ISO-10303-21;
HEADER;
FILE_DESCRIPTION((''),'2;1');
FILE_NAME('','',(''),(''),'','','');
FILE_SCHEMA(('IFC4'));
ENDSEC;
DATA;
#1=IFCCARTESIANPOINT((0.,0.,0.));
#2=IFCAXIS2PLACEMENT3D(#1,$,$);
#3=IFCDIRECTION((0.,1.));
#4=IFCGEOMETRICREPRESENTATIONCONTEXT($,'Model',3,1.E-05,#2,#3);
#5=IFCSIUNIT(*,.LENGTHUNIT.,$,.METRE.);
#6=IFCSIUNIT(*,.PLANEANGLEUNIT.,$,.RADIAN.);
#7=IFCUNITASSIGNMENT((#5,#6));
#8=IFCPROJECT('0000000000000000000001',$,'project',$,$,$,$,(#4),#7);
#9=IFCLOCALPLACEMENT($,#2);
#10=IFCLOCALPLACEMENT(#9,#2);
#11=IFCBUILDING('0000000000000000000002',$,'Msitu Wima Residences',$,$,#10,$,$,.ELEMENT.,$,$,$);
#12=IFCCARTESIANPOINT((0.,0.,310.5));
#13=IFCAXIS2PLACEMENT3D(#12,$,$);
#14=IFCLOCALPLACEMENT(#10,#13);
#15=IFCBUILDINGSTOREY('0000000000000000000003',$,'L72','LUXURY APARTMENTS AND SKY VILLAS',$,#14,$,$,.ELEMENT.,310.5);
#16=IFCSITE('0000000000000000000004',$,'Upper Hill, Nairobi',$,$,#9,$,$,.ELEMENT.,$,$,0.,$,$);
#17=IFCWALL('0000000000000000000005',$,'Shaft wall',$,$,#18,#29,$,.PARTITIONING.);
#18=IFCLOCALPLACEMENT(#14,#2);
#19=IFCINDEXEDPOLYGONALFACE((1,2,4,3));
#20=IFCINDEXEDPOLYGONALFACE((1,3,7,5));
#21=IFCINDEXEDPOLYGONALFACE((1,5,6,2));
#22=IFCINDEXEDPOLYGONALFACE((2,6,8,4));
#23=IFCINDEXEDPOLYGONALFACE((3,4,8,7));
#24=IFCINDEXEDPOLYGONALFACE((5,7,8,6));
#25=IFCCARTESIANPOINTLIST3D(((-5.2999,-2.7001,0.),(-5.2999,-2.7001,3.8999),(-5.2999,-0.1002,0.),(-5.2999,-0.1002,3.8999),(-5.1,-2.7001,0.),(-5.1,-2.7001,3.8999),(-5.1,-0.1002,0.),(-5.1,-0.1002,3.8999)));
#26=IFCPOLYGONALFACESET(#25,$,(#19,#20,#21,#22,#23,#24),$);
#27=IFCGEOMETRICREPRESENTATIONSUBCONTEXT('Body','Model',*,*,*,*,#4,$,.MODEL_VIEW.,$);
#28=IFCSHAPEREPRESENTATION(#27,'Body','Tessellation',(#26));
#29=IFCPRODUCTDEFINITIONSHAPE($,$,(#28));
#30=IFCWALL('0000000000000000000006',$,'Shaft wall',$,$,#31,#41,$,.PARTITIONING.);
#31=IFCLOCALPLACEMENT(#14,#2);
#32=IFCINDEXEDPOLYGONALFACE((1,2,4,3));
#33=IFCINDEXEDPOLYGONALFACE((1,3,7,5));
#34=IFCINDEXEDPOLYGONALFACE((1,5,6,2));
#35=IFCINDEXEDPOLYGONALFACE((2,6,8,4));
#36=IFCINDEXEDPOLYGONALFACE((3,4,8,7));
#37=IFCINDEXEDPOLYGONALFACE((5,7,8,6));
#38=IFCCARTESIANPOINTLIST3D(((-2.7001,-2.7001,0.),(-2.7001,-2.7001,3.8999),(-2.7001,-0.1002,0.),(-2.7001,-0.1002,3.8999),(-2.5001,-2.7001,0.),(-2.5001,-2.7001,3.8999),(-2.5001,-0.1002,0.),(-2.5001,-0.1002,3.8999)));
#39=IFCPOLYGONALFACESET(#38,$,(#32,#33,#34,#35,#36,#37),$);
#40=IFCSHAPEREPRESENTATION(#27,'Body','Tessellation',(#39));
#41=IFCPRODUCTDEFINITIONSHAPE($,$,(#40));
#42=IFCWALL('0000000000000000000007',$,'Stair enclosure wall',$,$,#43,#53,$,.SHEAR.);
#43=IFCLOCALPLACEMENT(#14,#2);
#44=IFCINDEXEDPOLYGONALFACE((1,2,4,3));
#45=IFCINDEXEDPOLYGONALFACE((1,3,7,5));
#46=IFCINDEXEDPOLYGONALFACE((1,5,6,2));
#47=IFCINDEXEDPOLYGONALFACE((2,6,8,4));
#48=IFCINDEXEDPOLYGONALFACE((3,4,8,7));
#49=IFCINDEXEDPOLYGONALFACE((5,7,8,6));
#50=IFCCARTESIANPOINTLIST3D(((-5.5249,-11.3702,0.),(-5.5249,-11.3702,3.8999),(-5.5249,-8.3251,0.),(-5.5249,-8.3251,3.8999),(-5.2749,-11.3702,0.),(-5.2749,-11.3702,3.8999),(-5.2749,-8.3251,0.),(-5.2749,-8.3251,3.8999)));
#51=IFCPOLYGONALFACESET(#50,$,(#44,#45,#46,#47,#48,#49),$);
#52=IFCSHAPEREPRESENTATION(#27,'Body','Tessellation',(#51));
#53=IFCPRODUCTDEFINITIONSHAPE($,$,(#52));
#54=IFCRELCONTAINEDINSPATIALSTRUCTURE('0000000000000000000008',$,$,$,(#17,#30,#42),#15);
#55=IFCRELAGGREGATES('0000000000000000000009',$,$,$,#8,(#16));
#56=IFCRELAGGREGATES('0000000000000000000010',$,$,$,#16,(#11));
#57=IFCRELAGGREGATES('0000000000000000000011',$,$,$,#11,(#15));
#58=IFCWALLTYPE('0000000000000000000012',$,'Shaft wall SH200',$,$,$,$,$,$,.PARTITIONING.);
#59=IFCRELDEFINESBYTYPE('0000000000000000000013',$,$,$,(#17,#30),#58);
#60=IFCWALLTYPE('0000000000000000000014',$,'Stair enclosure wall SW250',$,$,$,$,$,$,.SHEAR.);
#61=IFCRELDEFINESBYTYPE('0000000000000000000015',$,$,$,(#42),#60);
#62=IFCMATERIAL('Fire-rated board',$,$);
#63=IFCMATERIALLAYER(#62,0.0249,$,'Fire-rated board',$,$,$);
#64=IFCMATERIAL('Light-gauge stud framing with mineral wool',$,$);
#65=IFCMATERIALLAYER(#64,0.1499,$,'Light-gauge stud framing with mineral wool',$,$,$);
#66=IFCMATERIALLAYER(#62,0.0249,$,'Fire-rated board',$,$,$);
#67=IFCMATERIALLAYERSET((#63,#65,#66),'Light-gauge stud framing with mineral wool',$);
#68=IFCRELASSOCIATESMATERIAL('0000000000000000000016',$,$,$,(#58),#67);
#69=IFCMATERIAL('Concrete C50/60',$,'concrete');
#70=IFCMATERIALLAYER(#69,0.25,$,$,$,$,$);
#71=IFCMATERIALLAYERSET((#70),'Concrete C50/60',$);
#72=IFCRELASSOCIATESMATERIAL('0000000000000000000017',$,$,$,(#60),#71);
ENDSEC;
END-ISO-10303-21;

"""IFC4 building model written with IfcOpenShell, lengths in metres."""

from ifc_helpers import new_model, si_unit, direction, frame, frame_2d, origin, place, context, subcontext, project, spatial, rectangle, extrude, material, layer, layer_set, type_object, element, save


model = new_model("IFC4")

# Units and contexts
model_context = context("Model", 3, precision=1e-05, world=origin(), true_north=direction((0.0, 1.0)))
body_context = subcontext(model_context, "Body", "Model", "MODEL_VIEW")
ifc_project = project(units=[si_unit("LENGTHUNIT", "METRE"), si_unit("PLANEANGLEUNIT", "RADIAN")], contexts=[model_context])

# Site, building, storey
site_placement = place(None, origin())
site = spatial("IfcSite", under=ifc_project, at=site_placement, Name="Upper Hill, Nairobi", CompositionType="ELEMENT", RefElevation=0.0)
building_placement = place(site_placement, origin())
building = spatial("IfcBuilding", under=site, at=building_placement, Name="Msitu Wima Residences", CompositionType="ELEMENT")
storey_placement = place(building_placement, frame((0.0, 0.0, 310.5)))
storey = spatial("IfcBuildingStorey", under=building, at=storey_placement, Name="L72", Description="LUXURY APARTMENTS AND SKY VILLAS", CompositionType="ELEMENT", Elevation=310.5)

# Walls
ifc_material_1 = material(Name="Fire-rated board")
ifc_layer_1 = layer(ifc_material_1, 0.0249, Name="Fire-rated board")
ifc_material_2 = material(Name="Light-gauge stud framing with mineral wool")
ifc_layer_2 = layer(ifc_material_2, 0.1499, Name="Light-gauge stud framing with mineral wool")
ifc_layer_3 = layer(ifc_material_1, 0.0249, Name="Fire-rated board")
ifc_layer_set_1 = layer_set([ifc_layer_1, ifc_layer_2, ifc_layer_3], Name="Light-gauge stud framing with mineral wool")
wall_type_1 = type_object("IfcWallType", Name="Shaft wall SH200", PredefinedType="PARTITIONING", material=ifc_layer_set_1)
for number, where, z_axis, x_axis, name in (
    (1, (-5.2, -2.7, 0.0), (0.0, 0.0, 1.0), (0.0, 1.0, 0.0), "Shaft wall"),
    (2, (-2.6001, -2.7, 0.0), (0.0, 0.0, 1.0), (0.0, 1.0, 0.0), "Shaft wall"),
):
    element("IfcWall", number, at=place(storey_placement, frame(where, z_axis=z_axis, x_axis=x_axis)), inside=storey, type_object=wall_type_1, Name=name, PredefinedType="PARTITIONING", context=body_context, shape_type="SweptSolid", body=[
        extrude(rectangle(XDim=2.5999, YDim=0.2, at=frame_2d((1.2998, 0.0))), origin(), (0.0, 0.0, 1.0), 3.8999),
    ])
ifc_material_3 = material(Name="Concrete C50/60", Category="concrete")
ifc_layer_4 = layer(ifc_material_3, 0.25)
ifc_layer_set_2 = layer_set([ifc_layer_4], Name="Concrete C50/60")
wall_type_2 = type_object("IfcWallType", Name="Stair enclosure wall SW250", PredefinedType="SHEAR", material=ifc_layer_set_2)
wall_1_placement = place(storey_placement, frame((-5.3999, -11.3701, 0.0), z_axis=(0.0, 0.0, 1.0), x_axis=(0.0, 1.0, 0.0)))
element("IfcWall", 3, at=wall_1_placement, inside=storey, type_object=wall_type_2, Name="Stair enclosure wall", PredefinedType="SHEAR", context=body_context, shape_type="SweptSolid", body=[
    extrude(rectangle(XDim=3.0452, YDim=0.25, at=frame_2d((1.5225, 0.0))), origin(), (0.0, 0.0, 1.0), 3.8999),
])

save(model, "model.ifc")
